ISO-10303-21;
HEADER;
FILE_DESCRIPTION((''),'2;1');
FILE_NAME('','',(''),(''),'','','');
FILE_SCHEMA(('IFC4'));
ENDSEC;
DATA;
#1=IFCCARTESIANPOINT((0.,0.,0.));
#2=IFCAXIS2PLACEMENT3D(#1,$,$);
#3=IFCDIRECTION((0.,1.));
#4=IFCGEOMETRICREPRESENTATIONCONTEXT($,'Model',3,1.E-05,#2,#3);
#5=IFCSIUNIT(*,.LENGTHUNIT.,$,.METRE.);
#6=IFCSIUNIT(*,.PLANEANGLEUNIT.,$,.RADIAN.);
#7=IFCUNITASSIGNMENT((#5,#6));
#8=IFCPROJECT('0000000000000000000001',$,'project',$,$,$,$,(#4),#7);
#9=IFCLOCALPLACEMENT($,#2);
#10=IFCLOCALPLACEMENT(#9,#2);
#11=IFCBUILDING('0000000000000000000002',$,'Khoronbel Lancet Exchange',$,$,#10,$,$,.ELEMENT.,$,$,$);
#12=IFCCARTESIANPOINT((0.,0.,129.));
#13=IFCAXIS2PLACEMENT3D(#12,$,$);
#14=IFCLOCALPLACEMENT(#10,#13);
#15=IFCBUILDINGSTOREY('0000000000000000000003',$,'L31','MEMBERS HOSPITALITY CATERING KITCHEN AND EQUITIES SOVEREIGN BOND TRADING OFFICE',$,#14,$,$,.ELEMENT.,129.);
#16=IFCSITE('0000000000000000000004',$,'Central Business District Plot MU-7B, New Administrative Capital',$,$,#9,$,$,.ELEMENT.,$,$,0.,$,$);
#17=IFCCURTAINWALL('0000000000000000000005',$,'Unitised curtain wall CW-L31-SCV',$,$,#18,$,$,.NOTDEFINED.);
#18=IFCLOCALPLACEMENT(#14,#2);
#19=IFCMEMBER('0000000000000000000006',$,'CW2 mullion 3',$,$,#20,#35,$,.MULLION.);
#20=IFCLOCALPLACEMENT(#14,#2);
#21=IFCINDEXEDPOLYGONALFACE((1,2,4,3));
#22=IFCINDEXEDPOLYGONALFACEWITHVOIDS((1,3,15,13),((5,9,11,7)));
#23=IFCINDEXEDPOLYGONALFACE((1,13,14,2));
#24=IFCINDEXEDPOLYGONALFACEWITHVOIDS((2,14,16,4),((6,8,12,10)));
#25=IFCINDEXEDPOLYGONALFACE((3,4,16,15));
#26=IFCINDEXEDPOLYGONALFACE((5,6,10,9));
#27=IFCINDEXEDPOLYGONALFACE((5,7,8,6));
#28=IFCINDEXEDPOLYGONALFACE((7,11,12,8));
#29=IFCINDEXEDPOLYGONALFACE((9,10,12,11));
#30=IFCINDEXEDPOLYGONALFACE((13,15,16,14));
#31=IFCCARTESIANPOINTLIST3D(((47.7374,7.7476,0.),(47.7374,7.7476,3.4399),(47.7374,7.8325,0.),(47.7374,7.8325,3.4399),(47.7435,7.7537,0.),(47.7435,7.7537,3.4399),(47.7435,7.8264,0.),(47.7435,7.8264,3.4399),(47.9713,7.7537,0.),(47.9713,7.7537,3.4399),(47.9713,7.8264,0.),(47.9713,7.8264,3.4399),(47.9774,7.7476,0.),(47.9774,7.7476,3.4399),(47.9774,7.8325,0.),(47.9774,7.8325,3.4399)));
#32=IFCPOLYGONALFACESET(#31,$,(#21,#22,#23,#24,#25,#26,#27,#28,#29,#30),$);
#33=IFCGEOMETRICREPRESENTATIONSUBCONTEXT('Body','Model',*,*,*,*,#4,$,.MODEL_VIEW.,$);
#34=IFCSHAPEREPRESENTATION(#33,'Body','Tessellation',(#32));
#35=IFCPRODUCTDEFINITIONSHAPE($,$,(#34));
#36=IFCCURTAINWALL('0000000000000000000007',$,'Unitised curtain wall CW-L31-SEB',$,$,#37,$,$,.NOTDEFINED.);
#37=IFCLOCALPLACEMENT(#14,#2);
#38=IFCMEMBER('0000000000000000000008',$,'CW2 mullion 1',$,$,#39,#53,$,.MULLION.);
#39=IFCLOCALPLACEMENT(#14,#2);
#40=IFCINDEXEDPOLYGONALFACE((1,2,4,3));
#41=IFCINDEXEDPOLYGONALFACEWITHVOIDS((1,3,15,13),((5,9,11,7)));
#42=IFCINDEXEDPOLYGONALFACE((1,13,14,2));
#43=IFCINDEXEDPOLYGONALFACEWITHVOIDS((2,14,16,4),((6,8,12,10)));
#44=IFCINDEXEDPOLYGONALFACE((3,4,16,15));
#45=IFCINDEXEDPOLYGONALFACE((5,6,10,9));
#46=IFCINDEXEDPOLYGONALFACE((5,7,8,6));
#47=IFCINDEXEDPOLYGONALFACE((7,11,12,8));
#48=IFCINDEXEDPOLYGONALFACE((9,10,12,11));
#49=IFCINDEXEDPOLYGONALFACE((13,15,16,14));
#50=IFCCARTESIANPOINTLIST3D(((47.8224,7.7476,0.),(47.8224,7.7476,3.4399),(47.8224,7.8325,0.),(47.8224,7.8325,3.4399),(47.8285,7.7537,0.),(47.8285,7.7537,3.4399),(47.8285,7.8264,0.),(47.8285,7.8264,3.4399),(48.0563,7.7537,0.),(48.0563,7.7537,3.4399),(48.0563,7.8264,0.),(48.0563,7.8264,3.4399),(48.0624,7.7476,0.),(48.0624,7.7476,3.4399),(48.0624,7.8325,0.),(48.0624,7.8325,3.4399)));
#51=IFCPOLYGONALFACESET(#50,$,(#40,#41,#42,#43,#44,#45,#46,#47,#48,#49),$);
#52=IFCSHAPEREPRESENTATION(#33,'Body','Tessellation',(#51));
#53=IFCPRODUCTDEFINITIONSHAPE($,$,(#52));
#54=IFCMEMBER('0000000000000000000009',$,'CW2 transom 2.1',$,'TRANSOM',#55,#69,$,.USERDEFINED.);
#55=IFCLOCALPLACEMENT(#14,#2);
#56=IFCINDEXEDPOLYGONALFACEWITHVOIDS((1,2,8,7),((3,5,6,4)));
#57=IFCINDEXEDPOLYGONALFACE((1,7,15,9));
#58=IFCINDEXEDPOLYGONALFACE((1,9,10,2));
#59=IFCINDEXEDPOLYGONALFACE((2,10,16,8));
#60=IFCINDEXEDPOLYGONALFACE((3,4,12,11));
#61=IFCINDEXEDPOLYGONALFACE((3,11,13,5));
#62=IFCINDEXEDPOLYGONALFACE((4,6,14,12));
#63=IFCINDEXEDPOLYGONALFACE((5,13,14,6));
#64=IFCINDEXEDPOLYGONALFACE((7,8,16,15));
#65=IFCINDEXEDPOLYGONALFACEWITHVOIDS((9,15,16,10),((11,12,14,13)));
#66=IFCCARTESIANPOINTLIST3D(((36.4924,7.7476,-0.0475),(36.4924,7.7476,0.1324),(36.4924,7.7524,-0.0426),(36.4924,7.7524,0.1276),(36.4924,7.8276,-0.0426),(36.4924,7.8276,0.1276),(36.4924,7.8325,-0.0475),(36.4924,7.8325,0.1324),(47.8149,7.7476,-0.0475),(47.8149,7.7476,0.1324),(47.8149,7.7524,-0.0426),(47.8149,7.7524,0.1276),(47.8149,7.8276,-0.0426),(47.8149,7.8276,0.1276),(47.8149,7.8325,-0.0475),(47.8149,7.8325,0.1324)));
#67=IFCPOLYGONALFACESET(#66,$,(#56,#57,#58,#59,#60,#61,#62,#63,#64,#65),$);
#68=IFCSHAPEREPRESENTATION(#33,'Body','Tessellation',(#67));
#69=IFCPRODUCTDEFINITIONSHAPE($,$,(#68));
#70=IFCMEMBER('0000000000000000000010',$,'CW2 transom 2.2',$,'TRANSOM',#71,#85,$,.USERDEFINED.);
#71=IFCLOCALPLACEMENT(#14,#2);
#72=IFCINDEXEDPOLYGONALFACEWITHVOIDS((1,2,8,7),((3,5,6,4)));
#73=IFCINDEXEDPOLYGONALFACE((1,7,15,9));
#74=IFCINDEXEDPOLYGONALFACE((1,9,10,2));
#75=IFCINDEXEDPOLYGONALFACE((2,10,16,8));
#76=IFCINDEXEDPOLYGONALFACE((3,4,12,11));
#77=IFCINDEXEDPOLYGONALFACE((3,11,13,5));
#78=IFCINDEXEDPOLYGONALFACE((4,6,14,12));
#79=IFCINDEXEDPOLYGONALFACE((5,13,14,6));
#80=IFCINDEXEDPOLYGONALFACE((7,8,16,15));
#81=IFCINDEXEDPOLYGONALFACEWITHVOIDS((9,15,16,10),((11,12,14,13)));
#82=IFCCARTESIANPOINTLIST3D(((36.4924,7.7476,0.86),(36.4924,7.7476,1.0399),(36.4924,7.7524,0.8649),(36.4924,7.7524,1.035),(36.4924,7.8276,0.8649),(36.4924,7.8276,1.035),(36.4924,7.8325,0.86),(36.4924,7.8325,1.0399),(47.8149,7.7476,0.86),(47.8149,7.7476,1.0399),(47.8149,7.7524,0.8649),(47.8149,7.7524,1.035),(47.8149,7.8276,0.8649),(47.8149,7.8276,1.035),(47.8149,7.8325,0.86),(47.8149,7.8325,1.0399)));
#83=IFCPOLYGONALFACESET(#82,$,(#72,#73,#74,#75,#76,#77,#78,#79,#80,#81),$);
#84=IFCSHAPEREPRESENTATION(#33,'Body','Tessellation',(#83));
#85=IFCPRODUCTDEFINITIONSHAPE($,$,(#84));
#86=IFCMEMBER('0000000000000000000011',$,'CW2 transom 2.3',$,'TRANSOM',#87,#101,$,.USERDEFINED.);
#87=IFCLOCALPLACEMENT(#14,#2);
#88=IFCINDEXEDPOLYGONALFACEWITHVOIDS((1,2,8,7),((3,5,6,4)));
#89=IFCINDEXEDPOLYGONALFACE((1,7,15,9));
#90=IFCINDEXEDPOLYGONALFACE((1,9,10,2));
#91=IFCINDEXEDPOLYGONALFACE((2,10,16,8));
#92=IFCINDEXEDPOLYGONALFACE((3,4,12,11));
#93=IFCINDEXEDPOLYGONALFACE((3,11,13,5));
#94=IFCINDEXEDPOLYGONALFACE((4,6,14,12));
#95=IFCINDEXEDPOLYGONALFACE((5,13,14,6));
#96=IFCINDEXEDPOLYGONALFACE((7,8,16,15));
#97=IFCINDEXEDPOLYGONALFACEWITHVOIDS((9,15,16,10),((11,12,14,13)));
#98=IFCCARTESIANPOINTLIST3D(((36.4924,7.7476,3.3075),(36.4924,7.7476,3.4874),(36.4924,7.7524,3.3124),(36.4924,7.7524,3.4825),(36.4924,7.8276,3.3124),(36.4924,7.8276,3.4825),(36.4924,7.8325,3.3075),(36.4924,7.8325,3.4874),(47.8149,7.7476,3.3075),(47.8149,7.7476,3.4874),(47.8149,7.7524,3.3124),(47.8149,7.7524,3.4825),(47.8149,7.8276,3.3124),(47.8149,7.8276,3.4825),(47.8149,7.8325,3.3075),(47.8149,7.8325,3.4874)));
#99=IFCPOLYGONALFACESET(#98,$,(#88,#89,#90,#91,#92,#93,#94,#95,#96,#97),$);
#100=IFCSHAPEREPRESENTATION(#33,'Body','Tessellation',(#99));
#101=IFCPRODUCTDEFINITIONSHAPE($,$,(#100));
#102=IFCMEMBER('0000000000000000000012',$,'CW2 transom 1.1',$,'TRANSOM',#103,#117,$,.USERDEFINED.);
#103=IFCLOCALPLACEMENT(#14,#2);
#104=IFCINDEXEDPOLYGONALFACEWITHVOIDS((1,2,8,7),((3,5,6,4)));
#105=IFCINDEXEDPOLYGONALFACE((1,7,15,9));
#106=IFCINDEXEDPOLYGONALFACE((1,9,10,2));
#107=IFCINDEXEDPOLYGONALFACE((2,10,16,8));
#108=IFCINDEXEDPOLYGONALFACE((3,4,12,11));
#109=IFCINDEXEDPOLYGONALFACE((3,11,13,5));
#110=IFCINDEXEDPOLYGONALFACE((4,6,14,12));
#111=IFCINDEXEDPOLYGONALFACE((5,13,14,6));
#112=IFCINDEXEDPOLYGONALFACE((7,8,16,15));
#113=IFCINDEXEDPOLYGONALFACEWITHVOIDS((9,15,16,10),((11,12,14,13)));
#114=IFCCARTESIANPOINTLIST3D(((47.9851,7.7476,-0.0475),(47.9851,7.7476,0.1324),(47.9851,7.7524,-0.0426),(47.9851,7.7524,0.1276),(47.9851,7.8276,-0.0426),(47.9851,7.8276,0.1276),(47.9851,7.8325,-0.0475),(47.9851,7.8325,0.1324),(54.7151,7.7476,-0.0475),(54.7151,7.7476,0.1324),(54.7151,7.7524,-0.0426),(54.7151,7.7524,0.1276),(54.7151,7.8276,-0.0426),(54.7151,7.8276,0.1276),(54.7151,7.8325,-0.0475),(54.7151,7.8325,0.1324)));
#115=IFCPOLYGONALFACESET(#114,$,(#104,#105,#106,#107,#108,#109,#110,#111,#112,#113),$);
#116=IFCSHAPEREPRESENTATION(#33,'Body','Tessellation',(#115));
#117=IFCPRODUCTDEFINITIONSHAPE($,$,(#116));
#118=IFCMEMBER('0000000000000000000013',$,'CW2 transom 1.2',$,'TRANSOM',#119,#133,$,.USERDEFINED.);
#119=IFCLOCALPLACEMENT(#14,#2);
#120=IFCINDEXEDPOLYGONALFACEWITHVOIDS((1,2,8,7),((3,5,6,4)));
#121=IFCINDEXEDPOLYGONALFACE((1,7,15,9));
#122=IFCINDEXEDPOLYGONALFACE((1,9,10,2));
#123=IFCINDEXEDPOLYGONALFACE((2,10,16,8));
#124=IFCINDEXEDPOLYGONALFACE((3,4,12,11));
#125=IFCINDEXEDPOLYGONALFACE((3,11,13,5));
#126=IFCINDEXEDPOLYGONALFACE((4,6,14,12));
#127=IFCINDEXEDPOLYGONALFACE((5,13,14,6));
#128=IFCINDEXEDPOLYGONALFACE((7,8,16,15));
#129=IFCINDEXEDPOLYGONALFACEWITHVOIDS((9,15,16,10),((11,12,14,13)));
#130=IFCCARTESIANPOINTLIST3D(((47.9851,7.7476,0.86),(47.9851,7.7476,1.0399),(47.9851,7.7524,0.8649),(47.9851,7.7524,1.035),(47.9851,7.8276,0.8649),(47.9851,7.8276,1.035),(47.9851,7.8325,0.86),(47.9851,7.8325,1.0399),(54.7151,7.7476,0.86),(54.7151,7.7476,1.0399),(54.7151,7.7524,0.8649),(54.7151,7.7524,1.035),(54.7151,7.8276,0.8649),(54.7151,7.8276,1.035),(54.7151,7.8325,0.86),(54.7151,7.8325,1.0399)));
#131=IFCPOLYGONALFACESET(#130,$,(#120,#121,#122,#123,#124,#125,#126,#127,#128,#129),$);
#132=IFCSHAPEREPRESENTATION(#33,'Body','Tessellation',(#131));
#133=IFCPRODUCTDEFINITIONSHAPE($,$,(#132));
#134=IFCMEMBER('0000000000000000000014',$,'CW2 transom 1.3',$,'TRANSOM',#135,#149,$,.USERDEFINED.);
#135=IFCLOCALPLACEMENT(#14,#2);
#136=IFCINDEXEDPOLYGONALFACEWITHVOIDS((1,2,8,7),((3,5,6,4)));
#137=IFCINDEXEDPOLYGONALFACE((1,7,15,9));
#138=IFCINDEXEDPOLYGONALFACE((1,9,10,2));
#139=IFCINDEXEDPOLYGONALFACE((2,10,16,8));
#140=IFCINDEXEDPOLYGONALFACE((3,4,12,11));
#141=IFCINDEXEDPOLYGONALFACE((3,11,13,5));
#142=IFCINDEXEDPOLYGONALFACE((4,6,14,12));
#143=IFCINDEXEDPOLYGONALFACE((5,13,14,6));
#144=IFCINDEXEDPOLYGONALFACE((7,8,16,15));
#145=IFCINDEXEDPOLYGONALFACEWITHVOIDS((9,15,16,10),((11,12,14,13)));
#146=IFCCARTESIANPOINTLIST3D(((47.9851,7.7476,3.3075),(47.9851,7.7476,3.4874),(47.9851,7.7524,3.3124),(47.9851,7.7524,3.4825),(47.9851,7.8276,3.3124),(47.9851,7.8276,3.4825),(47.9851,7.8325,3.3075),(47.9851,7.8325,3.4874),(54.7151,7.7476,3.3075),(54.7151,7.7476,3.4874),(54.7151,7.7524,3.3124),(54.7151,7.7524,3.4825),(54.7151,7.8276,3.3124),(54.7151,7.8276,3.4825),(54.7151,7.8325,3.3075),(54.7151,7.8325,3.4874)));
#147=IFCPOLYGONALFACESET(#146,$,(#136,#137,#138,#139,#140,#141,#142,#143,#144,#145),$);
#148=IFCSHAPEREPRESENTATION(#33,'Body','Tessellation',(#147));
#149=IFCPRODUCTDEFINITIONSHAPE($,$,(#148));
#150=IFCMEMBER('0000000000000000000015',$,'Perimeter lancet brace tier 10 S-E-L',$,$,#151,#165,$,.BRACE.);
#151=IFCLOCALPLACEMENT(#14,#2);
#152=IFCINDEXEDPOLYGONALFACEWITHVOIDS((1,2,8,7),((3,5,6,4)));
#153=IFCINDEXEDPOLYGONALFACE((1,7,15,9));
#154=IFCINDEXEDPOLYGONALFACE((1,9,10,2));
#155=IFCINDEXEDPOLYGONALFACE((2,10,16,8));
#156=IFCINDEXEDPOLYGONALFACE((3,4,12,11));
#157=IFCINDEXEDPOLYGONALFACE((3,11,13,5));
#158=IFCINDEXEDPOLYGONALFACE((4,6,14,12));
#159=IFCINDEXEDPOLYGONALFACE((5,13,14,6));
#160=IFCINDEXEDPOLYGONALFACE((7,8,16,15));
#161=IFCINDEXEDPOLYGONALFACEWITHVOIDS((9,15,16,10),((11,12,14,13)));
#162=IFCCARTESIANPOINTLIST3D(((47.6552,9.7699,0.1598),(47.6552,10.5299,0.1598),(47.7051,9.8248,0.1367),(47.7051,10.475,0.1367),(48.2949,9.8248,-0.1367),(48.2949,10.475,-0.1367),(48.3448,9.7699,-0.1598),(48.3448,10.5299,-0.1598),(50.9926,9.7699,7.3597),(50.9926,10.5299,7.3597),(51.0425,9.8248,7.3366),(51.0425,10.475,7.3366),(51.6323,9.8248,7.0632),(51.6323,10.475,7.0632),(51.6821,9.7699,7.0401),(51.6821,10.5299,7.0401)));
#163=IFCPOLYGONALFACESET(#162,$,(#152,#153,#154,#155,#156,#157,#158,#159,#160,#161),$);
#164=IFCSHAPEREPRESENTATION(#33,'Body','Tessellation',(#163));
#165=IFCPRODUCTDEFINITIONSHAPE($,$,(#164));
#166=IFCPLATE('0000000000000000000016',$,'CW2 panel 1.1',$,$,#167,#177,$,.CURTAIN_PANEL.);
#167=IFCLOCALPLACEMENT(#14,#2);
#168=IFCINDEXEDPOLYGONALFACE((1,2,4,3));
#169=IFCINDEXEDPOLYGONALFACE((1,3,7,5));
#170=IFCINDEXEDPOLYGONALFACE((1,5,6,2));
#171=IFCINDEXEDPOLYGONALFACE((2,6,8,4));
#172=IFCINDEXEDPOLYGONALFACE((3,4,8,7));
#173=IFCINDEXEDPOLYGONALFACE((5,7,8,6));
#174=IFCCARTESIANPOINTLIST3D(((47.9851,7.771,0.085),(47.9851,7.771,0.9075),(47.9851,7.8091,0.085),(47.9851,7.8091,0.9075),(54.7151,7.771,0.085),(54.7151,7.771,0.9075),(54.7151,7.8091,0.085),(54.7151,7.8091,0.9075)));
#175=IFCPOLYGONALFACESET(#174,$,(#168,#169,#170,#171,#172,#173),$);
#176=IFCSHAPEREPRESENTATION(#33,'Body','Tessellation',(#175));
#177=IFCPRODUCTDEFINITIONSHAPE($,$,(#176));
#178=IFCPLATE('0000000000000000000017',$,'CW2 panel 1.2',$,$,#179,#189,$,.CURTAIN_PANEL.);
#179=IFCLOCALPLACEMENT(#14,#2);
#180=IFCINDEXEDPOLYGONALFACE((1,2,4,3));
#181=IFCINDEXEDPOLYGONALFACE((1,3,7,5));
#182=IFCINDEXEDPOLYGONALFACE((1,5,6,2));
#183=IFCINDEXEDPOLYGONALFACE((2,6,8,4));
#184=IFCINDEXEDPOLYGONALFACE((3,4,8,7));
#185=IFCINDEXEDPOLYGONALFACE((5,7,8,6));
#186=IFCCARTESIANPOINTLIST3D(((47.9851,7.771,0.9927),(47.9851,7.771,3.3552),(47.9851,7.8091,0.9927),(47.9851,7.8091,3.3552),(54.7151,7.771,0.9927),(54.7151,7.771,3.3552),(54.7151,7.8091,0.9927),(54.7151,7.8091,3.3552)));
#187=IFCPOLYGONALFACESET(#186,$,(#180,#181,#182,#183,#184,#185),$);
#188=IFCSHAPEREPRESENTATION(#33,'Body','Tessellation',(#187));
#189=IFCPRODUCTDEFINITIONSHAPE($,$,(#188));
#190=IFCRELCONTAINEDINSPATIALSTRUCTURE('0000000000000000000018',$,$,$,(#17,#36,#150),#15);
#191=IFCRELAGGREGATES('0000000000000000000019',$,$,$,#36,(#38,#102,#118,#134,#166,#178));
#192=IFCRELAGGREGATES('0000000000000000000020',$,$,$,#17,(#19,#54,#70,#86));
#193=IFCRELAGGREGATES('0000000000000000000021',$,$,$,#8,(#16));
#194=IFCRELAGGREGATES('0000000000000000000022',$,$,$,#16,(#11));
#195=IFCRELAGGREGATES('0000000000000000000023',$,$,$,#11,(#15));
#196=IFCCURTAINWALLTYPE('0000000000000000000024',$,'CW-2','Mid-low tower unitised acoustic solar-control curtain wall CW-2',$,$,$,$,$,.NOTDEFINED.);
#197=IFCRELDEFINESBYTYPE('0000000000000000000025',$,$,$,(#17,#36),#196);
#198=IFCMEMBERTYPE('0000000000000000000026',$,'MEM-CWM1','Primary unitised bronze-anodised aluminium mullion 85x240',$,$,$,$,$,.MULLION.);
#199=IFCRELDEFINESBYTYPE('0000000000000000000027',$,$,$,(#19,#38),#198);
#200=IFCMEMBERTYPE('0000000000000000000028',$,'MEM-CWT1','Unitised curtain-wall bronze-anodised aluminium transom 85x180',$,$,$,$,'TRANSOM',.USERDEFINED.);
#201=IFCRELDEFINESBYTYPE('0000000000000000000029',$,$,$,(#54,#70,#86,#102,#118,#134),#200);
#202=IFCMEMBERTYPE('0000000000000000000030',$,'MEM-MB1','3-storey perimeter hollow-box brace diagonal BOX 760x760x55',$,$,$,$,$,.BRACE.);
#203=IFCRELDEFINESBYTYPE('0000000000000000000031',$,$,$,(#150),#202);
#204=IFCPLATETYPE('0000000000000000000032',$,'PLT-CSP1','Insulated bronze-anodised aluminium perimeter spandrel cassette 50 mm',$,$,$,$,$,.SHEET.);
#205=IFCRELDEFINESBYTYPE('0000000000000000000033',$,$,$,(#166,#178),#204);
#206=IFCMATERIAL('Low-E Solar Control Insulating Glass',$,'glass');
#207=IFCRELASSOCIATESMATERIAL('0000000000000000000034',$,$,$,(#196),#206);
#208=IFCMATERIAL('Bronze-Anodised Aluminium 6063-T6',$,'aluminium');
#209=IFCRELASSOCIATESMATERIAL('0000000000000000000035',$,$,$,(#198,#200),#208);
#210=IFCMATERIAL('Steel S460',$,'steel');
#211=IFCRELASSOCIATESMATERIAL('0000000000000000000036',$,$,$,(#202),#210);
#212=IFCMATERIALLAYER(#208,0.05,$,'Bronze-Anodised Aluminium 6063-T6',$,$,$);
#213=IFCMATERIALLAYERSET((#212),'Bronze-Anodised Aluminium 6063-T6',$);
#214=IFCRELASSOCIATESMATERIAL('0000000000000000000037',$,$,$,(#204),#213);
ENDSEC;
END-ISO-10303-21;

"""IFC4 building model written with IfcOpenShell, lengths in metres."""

from ifc_helpers import new_model, si_unit, direction, frame, origin, origin_2d, place, context, subcontext, project, spatial, rectangle, hollow_rectangle, extrude, material, layer, layer_set, material_profile, profile_set, type_object, element, aggregate, save


model = new_model("IFC4")

# Units and contexts
model_context = context("Model", 3, precision=1e-05, world=origin(), true_north=direction((0.0, 1.0)))
body_context = subcontext(model_context, "Body", "Model", "MODEL_VIEW")
ifc_project = project(units=[si_unit("LENGTHUNIT", "METRE"), si_unit("PLANEANGLEUNIT", "RADIAN")], contexts=[model_context])

# Site, building, storey
site_placement = place(None, origin())
site = spatial("IfcSite", under=ifc_project, at=site_placement, Name="Central Business District Plot MU-7B, New Administrative Capital", CompositionType="ELEMENT", RefElevation=0.0)
building_placement = place(site_placement, origin())
building = spatial("IfcBuilding", under=site, at=building_placement, Name="Khoronbel Lancet Exchange", CompositionType="ELEMENT")
storey_placement = place(building_placement, frame((0.0, 0.0, 129.0)))
storey = spatial("IfcBuildingStorey", under=building, at=storey_placement, Name="L31", Description="MEMBERS HOSPITALITY CATERING KITCHEN AND EQUITIES SOVEREIGN BOND TRADING OFFICE", CompositionType="ELEMENT", Elevation=129.0)

# Shared definitions
ifc_material_1 = material(Name="Steel S460", Category="steel")

# Curtain wall, member
ifc_material_2 = material(Name="Low-E Solar Control Insulating Glass", Category="glass")
curtain_wall_type = type_object("IfcCurtainWallType", Name="CW-2", Description="Mid-low tower unitised acoustic solar-control curtain wall CW-2", PredefinedType="NOTDEFINED", material=ifc_material_2)
curtain_wall_1_placement = place(storey_placement, origin())
curtain_wall_1 = element("IfcCurtainWall", 1, at=curtain_wall_1_placement, inside=storey, type_object=curtain_wall_type, Name="Unitised curtain wall CW-L31-SCV", PredefinedType="NOTDEFINED")
ifc_material_3 = material(Name="Bronze-Anodised Aluminium 6063-T6", Category="aluminium")
ifc_material_profile_1 = material_profile(ifc_material_3, hollow_rectangle(XDim=0.085, YDim=0.24, WallThickness=0.0061, at=origin_2d()), Name="ALU MULLION 85x240")
ifc_profile_set_1 = profile_set([ifc_material_profile_1], Name="Bronze-Anodised Aluminium 6063-T6")
member_type_1 = type_object("IfcMemberType", Name="MEM-CWM1", Description="Primary unitised bronze-anodised aluminium mullion 85x240", PredefinedType="MULLION", material=ifc_profile_set_1)
member_1_placement = place(storey_placement, frame((47.8574, 7.79, 0.0), z_axis=(0.0, 0.0, 1.0), x_axis=(0.0, 1.0, 0.0)))
member_1 = element("IfcMember", 2, at=member_1_placement, type_object=member_type_1, Name="CW2 mullion 3", PredefinedType="MULLION", context=body_context, shape_type="SweptSolid", body=[
    extrude(hollow_rectangle(XDim=0.085, YDim=0.24, WallThickness=0.0061, at=origin_2d()), origin(), (0.0, 0.0, 1.0), 3.4399),
])

# Curtain wall, member
curtain_wall_2_placement = place(storey_placement, origin())
curtain_wall_2 = element("IfcCurtainWall", 3, at=curtain_wall_2_placement, inside=storey, type_object=curtain_wall_type, Name="Unitised curtain wall CW-L31-SEB", PredefinedType="NOTDEFINED")
member_2_placement = place(storey_placement, frame((47.9424, 7.79, 0.0), z_axis=(0.0, 0.0, 1.0), x_axis=(0.0, 1.0, 0.0)))
member_2 = element("IfcMember", 4, at=member_2_placement, type_object=member_type_1, Name="CW2 mullion 1", PredefinedType="MULLION", context=body_context, shape_type="SweptSolid", body=[
    extrude(hollow_rectangle(XDim=0.085, YDim=0.24, WallThickness=0.0061, at=origin_2d()), origin(), (0.0, 0.0, 1.0), 3.4399),
])

# Members
ifc_material_profile_2 = material_profile(ifc_material_3, hollow_rectangle(XDim=0.085, YDim=0.1799, WallThickness=0.0049, at=origin_2d()), Name="ALU TRANSOM 85x180")
ifc_profile_set_2 = profile_set([ifc_material_profile_2], Name="Bronze-Anodised Aluminium 6063-T6")
member_type_2 = type_object("IfcMemberType", Name="MEM-CWT1", Description="Unitised curtain-wall bronze-anodised aluminium transom 85x180", ElementType="TRANSOM", PredefinedType="USERDEFINED", material=ifc_profile_set_2)
member_3_placement = place(storey_placement, frame((36.4924, 7.79, 0.0425), z_axis=(1.0, 0.0, 0.0), x_axis=(0.0, 1.0, 0.0)))
member_3 = element("IfcMember", 5, at=member_3_placement, type_object=member_type_2, Name="CW2 transom 2.1", ObjectType="TRANSOM", PredefinedType="USERDEFINED", context=body_context, shape_type="SweptSolid", body=[
    extrude(hollow_rectangle(XDim=0.085, YDim=0.1799, WallThickness=0.0049, at=origin_2d()), origin(), (0.0, 0.0, 1.0), 11.3225),
])
member_4_placement = place(storey_placement, frame((36.4924, 7.79, 0.95), z_axis=(1.0, 0.0, 0.0), x_axis=(0.0, 1.0, 0.0)))
member_4 = element("IfcMember", 6, at=member_4_placement, type_object=member_type_2, Name="CW2 transom 2.2", ObjectType="TRANSOM", PredefinedType="USERDEFINED", context=body_context, shape_type="SweptSolid", body=[
    extrude(hollow_rectangle(XDim=0.085, YDim=0.1799, WallThickness=0.0049, at=origin_2d()), origin(), (0.0, 0.0, 1.0), 11.3225),
])
member_5_placement = place(storey_placement, frame((36.4924, 7.79, 3.3975), z_axis=(1.0, 0.0, 0.0), x_axis=(0.0, 1.0, 0.0)))
member_5 = element("IfcMember", 7, at=member_5_placement, type_object=member_type_2, Name="CW2 transom 2.3", ObjectType="TRANSOM", PredefinedType="USERDEFINED", context=body_context, shape_type="SweptSolid", body=[
    extrude(hollow_rectangle(XDim=0.085, YDim=0.1799, WallThickness=0.0049, at=origin_2d()), origin(), (0.0, 0.0, 1.0), 11.3225),
])
member_6_placement = place(storey_placement, frame((47.9851, 7.79, 0.0425), z_axis=(1.0, 0.0, 0.0), x_axis=(0.0, 1.0, 0.0)))
member_6 = element("IfcMember", 8, at=member_6_placement, type_object=member_type_2, Name="CW2 transom 1.1", ObjectType="TRANSOM", PredefinedType="USERDEFINED", context=body_context, shape_type="SweptSolid", body=[
    extrude(hollow_rectangle(XDim=0.085, YDim=0.1799, WallThickness=0.0049, at=origin_2d()), origin(), (0.0, 0.0, 1.0), 6.73),
])
member_7_placement = place(storey_placement, frame((47.9851, 7.79, 0.95), z_axis=(1.0, 0.0, 0.0), x_axis=(0.0, 1.0, 0.0)))
member_7 = element("IfcMember", 9, at=member_7_placement, type_object=member_type_2, Name="CW2 transom 1.2", ObjectType="TRANSOM", PredefinedType="USERDEFINED", context=body_context, shape_type="SweptSolid", body=[
    extrude(hollow_rectangle(XDim=0.085, YDim=0.1799, WallThickness=0.0049, at=origin_2d()), origin(), (0.0, 0.0, 1.0), 6.73),
])
member_8_placement = place(storey_placement, frame((47.9851, 7.79, 3.3975), z_axis=(1.0, 0.0, 0.0), x_axis=(0.0, 1.0, 0.0)))
member_8 = element("IfcMember", 10, at=member_8_placement, type_object=member_type_2, Name="CW2 transom 1.3", ObjectType="TRANSOM", PredefinedType="USERDEFINED", context=body_context, shape_type="SweptSolid", body=[
    extrude(hollow_rectangle(XDim=0.085, YDim=0.1799, WallThickness=0.0049, at=origin_2d()), origin(), (0.0, 0.0, 1.0), 6.73),
])
ifc_material_profile_3 = material_profile(ifc_material_1, hollow_rectangle(XDim=0.76, YDim=0.76, WallThickness=0.0549, at=origin_2d()), Name="BOX 760x760x55")
ifc_profile_set_3 = profile_set([ifc_material_profile_3], Name="Steel S460")
member_type_3 = type_object("IfcMemberType", Name="MEM-MB1", Description="3-storey perimeter hollow-box brace diagonal BOX 760x760x55", PredefinedType="BRACE", material=ifc_profile_set_3)
member_9_placement = place(storey_placement, frame((48.0, 10.1499, 0.0), z_axis=(0.420548, 0.0, 0.90727), x_axis=(0.0, 1.0, 0.0)))
element("IfcMember", 11, at=member_9_placement, inside=storey, type_object=member_type_3, Name="Perimeter lancet brace tier 10 S-E-L", PredefinedType="BRACE", context=body_context, shape_type="SweptSolid", body=[
    extrude(hollow_rectangle(XDim=0.76, YDim=0.76, WallThickness=0.0549, at=origin_2d()), origin(), (0.0, 0.0, 1.0), 7.9358),
])

# Plates
ifc_layer_1 = layer(ifc_material_3, 0.05, Name="Bronze-Anodised Aluminium 6063-T6")
ifc_layer_set_1 = layer_set([ifc_layer_1], Name="Bronze-Anodised Aluminium 6063-T6")
plate_type_1 = type_object("IfcPlateType", Name="PLT-CSP1", Description="Insulated bronze-anodised aluminium perimeter spandrel cassette 50 mm", PredefinedType="SHEET", material=ifc_layer_set_1)
plate_1_placement = place(storey_placement, frame((51.3501, 7.79, 0.085), z_axis=(0.0, 0.0, 1.0), x_axis=(1.0, 0.0, 0.0)))
plate_1 = element("IfcPlate", 12, at=plate_1_placement, type_object=plate_type_1, Name="CW2 panel 1.1", PredefinedType="CURTAIN_PANEL", context=body_context, shape_type="SweptSolid", body=[
    extrude(rectangle(XDim=6.73, YDim=0.0381, at=origin_2d()), origin(), (0.0, 0.0, 1.0), 0.8225),
])
plate_2_placement = place(storey_placement, frame((51.3501, 7.79, 0.9927), z_axis=(0.0, 0.0, 1.0), x_axis=(1.0, 0.0, 0.0)))
plate_2 = element("IfcPlate", 13, at=plate_2_placement, type_object=plate_type_1, Name="CW2 panel 1.2", PredefinedType="CURTAIN_PANEL", context=body_context, shape_type="SweptSolid", body=[
    extrude(rectangle(XDim=6.73, YDim=0.0381, at=origin_2d()), origin(), (0.0, 0.0, 1.0), 2.3625),
])
aggregate(curtain_wall_2, [member_2, member_6, member_7, member_8, plate_1, plate_2])
aggregate(curtain_wall_1, [member_1, member_3, member_4, member_5])

save(model, "model.ifc")
